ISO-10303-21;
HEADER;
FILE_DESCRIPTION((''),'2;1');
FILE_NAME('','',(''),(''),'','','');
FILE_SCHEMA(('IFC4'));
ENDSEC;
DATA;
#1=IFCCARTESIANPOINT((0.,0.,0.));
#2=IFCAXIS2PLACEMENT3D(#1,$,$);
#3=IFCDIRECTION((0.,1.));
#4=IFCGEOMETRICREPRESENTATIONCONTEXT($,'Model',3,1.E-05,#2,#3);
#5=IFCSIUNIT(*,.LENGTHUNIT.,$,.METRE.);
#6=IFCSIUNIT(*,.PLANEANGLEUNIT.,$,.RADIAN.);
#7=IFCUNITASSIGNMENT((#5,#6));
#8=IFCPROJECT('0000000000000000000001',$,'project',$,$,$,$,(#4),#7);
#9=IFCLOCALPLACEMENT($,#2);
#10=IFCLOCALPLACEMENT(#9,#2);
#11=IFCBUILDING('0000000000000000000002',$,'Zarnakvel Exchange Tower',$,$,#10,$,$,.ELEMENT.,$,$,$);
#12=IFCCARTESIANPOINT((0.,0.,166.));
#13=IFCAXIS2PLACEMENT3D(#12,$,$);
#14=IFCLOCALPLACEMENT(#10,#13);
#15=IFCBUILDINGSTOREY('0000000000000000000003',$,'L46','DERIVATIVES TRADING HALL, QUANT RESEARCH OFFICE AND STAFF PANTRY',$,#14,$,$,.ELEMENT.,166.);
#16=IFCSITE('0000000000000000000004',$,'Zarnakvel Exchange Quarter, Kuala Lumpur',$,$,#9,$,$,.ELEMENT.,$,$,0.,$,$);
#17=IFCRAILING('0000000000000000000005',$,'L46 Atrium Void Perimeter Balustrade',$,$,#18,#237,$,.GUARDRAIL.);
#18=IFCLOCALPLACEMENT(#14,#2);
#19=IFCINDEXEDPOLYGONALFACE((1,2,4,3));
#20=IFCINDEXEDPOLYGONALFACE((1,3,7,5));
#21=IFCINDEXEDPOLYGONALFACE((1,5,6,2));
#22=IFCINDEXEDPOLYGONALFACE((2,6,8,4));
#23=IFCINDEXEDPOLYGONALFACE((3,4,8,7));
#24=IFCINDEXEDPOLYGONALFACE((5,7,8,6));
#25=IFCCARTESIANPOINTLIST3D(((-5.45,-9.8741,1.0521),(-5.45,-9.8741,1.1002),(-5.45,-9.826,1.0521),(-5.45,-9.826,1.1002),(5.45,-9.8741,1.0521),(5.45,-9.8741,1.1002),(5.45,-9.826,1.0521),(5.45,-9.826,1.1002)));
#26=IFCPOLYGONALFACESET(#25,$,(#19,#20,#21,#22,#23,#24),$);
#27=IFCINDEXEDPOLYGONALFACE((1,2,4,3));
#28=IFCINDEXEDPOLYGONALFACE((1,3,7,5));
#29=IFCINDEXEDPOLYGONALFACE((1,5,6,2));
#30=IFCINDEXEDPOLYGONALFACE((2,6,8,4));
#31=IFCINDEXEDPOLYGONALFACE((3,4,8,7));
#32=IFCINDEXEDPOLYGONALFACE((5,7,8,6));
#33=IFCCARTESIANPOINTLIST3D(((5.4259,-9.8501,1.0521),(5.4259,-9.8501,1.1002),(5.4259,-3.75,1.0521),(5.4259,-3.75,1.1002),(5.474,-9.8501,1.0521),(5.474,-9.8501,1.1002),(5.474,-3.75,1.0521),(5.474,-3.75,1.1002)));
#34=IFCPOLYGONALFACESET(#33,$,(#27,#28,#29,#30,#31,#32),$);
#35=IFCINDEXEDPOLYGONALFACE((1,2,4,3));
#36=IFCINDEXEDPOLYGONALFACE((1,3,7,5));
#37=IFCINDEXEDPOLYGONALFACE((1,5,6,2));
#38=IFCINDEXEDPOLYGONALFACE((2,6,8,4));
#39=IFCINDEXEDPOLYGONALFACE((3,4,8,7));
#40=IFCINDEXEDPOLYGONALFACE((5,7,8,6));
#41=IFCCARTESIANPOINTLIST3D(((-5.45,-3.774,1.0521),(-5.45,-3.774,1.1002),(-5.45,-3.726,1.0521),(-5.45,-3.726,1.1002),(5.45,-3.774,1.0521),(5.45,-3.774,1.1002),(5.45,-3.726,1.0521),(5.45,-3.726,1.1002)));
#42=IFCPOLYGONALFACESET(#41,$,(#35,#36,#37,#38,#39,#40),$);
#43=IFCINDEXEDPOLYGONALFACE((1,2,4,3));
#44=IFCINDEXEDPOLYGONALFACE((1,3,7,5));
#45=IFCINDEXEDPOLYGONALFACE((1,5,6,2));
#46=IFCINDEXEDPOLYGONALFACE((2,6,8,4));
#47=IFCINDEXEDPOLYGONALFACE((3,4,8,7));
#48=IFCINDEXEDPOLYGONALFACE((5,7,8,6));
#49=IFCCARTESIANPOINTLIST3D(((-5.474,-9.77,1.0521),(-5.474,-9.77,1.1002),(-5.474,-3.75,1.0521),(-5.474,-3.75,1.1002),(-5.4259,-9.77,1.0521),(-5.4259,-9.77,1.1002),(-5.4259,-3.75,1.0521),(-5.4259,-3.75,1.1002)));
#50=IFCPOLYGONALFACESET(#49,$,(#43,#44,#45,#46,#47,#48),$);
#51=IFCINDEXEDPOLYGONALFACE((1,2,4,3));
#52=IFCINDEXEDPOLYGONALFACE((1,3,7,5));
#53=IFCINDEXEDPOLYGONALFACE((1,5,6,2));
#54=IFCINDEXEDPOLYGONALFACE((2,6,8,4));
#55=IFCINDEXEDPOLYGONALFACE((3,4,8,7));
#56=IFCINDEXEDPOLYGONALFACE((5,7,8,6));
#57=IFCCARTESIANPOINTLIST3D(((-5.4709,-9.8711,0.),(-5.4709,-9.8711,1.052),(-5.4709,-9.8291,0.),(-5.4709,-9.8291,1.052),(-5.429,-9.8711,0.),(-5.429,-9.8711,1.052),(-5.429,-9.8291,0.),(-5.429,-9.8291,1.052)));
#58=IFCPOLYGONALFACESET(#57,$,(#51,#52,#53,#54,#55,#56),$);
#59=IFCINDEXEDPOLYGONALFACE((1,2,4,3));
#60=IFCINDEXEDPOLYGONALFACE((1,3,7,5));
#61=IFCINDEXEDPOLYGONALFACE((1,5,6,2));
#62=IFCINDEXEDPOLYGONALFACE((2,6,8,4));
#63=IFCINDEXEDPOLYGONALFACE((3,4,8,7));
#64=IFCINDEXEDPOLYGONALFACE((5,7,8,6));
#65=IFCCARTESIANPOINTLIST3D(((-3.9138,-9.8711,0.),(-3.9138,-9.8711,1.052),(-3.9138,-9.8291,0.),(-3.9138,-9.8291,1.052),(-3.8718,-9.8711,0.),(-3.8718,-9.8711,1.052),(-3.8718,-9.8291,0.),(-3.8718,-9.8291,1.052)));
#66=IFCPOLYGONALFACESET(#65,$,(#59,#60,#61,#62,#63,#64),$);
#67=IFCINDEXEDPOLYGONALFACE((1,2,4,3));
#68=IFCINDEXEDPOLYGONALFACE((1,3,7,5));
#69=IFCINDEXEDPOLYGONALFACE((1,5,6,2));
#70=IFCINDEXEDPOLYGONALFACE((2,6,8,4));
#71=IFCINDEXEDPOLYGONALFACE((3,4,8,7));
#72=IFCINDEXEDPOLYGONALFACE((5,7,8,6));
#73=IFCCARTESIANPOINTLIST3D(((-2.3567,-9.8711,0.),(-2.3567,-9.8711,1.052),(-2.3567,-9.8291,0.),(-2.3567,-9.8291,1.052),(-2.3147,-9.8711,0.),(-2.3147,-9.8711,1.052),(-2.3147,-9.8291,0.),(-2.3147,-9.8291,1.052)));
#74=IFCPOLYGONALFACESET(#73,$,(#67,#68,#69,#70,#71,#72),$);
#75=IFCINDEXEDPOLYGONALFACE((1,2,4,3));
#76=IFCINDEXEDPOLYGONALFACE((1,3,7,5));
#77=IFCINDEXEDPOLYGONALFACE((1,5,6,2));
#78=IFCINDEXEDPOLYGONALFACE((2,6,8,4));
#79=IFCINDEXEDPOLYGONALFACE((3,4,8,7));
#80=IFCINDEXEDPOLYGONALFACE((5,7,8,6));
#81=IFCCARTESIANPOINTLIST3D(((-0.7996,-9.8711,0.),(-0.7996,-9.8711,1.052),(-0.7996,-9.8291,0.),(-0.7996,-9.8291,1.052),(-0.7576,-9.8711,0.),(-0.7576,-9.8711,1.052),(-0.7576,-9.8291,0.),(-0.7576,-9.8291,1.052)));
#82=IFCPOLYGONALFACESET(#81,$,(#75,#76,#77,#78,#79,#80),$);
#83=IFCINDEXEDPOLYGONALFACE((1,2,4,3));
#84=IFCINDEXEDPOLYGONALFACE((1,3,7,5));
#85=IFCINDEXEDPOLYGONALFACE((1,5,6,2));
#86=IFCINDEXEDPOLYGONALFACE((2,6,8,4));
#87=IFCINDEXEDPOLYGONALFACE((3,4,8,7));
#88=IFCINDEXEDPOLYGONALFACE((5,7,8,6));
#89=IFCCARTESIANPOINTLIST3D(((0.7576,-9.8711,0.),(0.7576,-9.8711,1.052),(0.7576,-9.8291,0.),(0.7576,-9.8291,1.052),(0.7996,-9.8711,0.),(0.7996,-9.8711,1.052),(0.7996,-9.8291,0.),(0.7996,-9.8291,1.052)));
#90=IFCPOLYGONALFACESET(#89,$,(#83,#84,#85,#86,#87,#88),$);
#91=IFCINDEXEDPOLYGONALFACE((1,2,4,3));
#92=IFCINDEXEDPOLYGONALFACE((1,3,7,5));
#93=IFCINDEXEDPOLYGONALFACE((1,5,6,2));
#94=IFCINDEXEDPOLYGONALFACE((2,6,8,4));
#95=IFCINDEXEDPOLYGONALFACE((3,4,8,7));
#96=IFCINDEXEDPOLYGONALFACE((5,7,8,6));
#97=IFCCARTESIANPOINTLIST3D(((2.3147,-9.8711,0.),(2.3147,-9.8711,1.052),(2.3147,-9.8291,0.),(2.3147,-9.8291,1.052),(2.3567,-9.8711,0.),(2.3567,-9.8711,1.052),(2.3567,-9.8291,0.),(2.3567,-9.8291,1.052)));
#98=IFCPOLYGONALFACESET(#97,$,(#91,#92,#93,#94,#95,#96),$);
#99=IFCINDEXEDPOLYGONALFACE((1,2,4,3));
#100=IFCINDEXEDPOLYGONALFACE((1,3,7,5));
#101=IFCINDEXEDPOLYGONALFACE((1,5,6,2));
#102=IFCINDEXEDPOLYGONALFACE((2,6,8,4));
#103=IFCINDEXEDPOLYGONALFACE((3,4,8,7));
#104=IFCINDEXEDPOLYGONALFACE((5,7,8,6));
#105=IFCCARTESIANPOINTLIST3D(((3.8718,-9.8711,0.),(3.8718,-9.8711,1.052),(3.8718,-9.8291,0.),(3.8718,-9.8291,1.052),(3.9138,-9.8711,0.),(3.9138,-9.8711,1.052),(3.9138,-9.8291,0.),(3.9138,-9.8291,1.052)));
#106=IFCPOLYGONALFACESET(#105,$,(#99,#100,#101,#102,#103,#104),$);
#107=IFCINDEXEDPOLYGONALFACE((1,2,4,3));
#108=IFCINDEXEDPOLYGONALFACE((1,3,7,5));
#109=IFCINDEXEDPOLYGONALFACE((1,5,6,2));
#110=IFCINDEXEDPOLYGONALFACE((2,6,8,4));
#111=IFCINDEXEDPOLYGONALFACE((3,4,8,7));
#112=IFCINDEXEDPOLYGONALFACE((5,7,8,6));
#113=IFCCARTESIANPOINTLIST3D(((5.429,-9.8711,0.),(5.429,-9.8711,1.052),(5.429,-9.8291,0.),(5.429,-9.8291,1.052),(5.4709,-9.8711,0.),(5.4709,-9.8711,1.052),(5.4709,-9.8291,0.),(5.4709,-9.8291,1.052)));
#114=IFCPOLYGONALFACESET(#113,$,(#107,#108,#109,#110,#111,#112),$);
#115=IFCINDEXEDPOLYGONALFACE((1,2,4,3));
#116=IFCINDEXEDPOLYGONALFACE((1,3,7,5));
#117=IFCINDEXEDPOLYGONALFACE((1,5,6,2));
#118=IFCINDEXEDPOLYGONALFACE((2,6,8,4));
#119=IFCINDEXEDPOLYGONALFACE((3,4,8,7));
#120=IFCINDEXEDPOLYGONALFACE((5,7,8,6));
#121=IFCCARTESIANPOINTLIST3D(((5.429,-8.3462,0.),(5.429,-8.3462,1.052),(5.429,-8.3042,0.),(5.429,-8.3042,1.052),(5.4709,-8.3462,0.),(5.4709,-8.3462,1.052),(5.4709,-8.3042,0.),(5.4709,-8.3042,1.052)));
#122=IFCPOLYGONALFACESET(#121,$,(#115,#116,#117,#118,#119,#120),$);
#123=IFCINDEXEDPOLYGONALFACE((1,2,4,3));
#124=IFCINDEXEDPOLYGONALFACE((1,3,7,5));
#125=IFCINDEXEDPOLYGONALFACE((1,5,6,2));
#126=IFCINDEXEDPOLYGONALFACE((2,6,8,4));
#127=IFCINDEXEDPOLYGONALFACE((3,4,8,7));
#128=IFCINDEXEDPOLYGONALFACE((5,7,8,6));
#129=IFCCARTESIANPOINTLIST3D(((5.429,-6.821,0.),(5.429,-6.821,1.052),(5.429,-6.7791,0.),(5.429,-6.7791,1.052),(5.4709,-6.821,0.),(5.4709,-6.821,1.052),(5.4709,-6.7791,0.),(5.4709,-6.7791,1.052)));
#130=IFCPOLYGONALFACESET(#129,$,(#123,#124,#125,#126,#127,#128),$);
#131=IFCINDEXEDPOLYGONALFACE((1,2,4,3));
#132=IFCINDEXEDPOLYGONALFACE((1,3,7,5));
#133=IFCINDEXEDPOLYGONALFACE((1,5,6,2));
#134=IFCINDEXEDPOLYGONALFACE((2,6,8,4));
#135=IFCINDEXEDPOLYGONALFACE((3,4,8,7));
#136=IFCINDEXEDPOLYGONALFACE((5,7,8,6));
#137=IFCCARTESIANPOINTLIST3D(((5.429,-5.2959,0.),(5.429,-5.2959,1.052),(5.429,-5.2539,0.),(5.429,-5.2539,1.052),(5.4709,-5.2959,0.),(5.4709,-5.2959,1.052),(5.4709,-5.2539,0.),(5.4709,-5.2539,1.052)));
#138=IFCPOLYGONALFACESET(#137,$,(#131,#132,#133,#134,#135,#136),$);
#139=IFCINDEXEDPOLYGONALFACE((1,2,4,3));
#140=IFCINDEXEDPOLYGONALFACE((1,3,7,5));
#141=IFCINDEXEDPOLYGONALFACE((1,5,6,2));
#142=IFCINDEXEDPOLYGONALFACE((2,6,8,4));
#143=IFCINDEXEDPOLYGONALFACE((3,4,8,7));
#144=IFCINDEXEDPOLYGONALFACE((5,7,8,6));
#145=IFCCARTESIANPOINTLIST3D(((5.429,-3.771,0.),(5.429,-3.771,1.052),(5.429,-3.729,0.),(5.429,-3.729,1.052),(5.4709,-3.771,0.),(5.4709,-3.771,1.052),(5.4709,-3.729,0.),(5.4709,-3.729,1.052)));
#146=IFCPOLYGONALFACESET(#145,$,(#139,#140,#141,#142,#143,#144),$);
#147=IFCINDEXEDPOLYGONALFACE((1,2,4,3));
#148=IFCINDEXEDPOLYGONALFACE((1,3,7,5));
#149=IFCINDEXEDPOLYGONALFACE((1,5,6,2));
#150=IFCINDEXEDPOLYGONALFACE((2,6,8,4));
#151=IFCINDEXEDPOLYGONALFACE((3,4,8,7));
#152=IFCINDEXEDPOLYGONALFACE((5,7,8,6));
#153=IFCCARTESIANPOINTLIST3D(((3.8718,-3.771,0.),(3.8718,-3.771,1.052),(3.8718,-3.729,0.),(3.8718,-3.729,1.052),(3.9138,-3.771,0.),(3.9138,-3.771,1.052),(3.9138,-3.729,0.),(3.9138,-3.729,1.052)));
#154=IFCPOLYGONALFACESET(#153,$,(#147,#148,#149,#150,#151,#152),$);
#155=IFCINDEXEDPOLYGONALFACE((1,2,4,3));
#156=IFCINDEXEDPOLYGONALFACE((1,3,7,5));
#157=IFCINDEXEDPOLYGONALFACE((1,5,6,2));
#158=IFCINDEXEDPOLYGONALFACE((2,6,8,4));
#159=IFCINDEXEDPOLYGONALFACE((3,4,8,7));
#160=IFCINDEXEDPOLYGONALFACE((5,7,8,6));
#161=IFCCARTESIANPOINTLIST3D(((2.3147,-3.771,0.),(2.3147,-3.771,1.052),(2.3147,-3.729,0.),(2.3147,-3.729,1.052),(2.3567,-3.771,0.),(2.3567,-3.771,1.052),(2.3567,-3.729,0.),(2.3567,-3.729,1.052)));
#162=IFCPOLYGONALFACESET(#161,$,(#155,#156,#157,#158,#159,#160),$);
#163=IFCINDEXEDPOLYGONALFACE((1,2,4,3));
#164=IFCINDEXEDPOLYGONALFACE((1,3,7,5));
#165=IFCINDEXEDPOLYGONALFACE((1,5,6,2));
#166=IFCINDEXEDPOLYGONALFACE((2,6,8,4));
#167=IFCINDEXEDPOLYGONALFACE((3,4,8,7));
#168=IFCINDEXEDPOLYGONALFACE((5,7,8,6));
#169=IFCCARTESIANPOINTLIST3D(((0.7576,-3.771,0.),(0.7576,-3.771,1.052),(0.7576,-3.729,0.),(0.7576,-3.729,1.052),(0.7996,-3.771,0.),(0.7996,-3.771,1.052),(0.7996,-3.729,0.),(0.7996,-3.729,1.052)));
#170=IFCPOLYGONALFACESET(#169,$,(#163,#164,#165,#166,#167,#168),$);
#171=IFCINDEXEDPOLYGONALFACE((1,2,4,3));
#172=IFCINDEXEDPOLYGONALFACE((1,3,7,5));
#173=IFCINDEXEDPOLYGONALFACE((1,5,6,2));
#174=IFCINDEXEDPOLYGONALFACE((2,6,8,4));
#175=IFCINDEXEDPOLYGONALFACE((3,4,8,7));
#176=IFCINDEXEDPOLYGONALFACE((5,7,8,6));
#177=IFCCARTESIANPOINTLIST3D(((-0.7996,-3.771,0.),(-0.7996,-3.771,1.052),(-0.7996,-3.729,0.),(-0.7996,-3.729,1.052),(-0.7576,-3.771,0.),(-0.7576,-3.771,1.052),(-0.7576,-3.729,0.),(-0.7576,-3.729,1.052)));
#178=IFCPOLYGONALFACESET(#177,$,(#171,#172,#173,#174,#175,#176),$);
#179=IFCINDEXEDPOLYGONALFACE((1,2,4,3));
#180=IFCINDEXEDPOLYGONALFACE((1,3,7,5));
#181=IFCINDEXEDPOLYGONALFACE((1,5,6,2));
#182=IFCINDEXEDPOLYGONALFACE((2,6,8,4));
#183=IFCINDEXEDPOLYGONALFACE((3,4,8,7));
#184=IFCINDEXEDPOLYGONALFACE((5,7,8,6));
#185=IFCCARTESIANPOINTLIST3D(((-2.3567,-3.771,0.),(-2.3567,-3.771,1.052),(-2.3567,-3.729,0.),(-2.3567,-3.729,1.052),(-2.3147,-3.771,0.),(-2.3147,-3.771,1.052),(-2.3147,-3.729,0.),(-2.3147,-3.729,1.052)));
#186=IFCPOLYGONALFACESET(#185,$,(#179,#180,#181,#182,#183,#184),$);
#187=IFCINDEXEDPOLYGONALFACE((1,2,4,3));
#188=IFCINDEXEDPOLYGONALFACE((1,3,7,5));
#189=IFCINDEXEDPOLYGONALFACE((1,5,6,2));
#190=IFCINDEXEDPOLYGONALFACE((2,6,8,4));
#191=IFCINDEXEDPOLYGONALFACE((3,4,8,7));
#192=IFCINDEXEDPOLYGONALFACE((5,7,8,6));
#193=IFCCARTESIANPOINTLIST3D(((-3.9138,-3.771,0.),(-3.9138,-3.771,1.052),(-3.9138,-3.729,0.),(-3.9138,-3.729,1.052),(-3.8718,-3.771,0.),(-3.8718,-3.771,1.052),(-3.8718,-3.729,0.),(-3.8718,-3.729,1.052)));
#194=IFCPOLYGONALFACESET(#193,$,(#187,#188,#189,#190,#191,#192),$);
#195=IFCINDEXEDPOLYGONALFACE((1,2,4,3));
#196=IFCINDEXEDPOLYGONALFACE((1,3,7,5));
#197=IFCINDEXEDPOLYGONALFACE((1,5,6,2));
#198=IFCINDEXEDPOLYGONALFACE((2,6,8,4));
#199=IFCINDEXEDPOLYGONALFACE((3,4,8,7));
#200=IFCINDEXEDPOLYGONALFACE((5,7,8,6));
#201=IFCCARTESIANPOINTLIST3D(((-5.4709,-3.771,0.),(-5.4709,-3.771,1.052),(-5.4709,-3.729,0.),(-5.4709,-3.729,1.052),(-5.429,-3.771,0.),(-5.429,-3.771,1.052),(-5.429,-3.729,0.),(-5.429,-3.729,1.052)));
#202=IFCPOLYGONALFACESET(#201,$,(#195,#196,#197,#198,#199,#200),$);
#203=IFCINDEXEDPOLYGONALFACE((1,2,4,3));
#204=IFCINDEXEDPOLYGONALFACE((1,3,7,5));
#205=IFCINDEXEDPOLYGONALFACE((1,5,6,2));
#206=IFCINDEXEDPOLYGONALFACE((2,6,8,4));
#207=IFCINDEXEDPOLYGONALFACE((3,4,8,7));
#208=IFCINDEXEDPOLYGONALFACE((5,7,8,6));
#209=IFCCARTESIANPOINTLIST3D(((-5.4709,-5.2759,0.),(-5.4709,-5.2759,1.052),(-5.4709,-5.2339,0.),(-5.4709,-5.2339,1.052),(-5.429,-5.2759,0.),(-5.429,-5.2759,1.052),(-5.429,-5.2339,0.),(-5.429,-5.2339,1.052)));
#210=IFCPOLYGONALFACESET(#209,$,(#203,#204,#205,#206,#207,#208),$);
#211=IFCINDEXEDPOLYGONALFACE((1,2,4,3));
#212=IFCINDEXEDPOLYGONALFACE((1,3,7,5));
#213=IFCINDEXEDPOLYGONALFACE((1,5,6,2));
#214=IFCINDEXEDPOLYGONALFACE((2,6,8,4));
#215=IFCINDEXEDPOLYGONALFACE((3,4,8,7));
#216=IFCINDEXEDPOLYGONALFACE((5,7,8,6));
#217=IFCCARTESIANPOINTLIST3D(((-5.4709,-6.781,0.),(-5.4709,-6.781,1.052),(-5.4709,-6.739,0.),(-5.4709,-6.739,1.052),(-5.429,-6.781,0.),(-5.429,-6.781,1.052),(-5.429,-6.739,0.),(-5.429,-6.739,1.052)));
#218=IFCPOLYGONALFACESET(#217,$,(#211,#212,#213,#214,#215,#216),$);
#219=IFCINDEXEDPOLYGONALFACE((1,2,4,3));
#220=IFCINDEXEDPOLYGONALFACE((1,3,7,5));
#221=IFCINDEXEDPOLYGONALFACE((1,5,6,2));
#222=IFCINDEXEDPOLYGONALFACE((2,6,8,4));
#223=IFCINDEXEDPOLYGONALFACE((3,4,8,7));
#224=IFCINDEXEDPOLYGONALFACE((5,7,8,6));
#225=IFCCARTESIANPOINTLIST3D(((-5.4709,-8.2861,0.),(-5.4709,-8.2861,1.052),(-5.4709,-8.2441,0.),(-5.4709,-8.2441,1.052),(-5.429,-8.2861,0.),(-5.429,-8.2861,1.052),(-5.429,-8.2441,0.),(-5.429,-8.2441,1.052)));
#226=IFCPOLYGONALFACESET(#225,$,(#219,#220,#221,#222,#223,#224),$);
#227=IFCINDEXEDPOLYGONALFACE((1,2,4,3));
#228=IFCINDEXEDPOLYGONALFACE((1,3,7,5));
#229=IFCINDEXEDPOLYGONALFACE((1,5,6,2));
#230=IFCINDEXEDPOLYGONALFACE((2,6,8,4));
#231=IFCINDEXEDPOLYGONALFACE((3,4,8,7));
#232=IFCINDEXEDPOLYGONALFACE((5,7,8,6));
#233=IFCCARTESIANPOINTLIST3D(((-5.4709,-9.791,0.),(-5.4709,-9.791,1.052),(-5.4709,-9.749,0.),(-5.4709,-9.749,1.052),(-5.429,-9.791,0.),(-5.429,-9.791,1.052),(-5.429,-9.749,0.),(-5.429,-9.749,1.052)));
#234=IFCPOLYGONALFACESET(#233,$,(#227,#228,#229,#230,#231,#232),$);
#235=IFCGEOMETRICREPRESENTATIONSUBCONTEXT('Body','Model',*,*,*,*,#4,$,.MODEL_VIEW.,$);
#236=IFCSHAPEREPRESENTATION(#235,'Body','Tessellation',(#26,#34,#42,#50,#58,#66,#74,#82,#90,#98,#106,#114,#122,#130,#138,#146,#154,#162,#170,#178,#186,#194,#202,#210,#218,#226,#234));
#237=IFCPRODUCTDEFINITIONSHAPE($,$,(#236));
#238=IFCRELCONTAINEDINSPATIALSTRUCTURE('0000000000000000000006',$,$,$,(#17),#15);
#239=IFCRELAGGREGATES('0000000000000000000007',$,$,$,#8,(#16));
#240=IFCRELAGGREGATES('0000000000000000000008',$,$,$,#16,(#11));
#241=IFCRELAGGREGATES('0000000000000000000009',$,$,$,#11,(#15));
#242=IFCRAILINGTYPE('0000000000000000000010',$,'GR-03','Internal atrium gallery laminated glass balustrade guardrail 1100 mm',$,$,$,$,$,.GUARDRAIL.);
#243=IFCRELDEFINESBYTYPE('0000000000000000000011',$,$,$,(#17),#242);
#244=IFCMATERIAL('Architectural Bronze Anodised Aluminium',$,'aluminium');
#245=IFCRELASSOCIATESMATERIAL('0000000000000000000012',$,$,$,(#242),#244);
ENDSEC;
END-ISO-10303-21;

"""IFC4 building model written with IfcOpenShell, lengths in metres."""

from ifc_helpers import new_model, si_unit, direction, frame, origin, origin_2d, place, context, subcontext, project, spatial, rectangle, extrude, material, type_object, element, save


model = new_model("IFC4")

# Units and contexts
model_context = context("Model", 3, precision=1e-05, world=origin(), true_north=direction((0.0, 1.0)))
body_context = subcontext(model_context, "Body", "Model", "MODEL_VIEW")
ifc_project = project(units=[si_unit("LENGTHUNIT", "METRE"), si_unit("PLANEANGLEUNIT", "RADIAN")], contexts=[model_context])

# Site, building, storey
site_placement = place(None, origin())
site = spatial("IfcSite", under=ifc_project, at=site_placement, Name="Zarnakvel Exchange Quarter, Kuala Lumpur", CompositionType="ELEMENT", RefElevation=0.0)
building_placement = place(site_placement, origin())
building = spatial("IfcBuilding", under=site, at=building_placement, Name="Zarnakvel Exchange Tower", CompositionType="ELEMENT")
storey_placement = place(building_placement, frame((0.0, 0.0, 166.0)))
storey = spatial("IfcBuildingStorey", under=building, at=storey_placement, Name="L46", Description="DERIVATIVES TRADING HALL, QUANT RESEARCH OFFICE AND STAFF PANTRY", CompositionType="ELEMENT", Elevation=166.0)

# Railing
ifc_material_1 = material(Name="Architectural Bronze Anodised Aluminium", Category="aluminium")
railing_type_1 = type_object("IfcRailingType", Name="GR-03", Description="Internal atrium gallery laminated glass balustrade guardrail 1100 mm", PredefinedType="GUARDRAIL", material=ifc_material_1)
railing_1_placement = place(storey_placement, frame((-5.45, -9.8501, 0.0)))
element("IfcRailing", 1, at=railing_1_placement, inside=storey, type_object=railing_type_1, Name="L46 Atrium Void Perimeter Balustrade", PredefinedType="GUARDRAIL", context=body_context, shape_type="SweptSolid", body=[
    extrude(rectangle(XDim=0.0481, YDim=0.0481, at=origin_2d()), frame((0.0, 0.0, 1.0762), z_axis=(1.0, 0.0, 0.0), x_axis=(0.0, 1.0, 0.0)), (0.0, 0.0, 1.0), 10.8999),
    extrude(rectangle(XDim=0.0481, YDim=0.0481, at=origin_2d()), frame((10.8999, 0.0, 1.0762), z_axis=(0.0, 1.0, 0.0), x_axis=(-1.0, 0.0, 0.0)), (0.0, 0.0, 1.0), 6.1001),
    extrude(rectangle(XDim=0.0481, YDim=0.0481, at=origin_2d()), frame((10.8999, 6.1001, 1.0762), z_axis=(-1.0, 0.0, 0.0), x_axis=(0.0, -1.0, 0.0)), (0.0, 0.0, 1.0), 10.8999),
    extrude(rectangle(XDim=0.0481, YDim=0.0481, at=origin_2d()), frame((0.0, 6.1001, 1.0762), z_axis=(0.0, -1.0, 0.0), x_axis=(1.0, 0.0, 0.0)), (0.0, 0.0, 1.0), 6.02),
    extrude(rectangle(XDim=0.042, YDim=0.042, at=origin_2d()), origin(), (0.0, 0.0, 1.0), 1.052),
    extrude(rectangle(XDim=0.042, YDim=0.042, at=origin_2d()), frame((1.5571, 0.0, 0.0)), (0.0, 0.0, 1.0), 1.052),
    extrude(rectangle(XDim=0.042, YDim=0.042, at=origin_2d()), frame((3.1143, 0.0, 0.0)), (0.0, 0.0, 1.0), 1.052),
    extrude(rectangle(XDim=0.042, YDim=0.042, at=origin_2d()), frame((4.6714, 0.0, 0.0)), (0.0, 0.0, 1.0), 1.052),
    extrude(rectangle(XDim=0.042, YDim=0.042, at=origin_2d()), frame((6.2285, 0.0, 0.0)), (0.0, 0.0, 1.0), 1.052),
    extrude(rectangle(XDim=0.042, YDim=0.042, at=origin_2d()), frame((7.7856, 0.0, 0.0)), (0.0, 0.0, 1.0), 1.052),
    extrude(rectangle(XDim=0.042, YDim=0.042, at=origin_2d()), frame((9.3428, 0.0, 0.0)), (0.0, 0.0, 1.0), 1.052),
    extrude(rectangle(XDim=0.042, YDim=0.042, at=origin_2d()), frame((10.8999, 0.0, 0.0)), (0.0, 0.0, 1.0), 1.052),
    extrude(rectangle(XDim=0.042, YDim=0.042, at=origin_2d()), frame((10.8999, 1.5249, 0.0)), (0.0, 0.0, 1.0), 1.052),
    extrude(rectangle(XDim=0.042, YDim=0.042, at=origin_2d()), frame((10.8999, 3.05, 0.0)), (0.0, 0.0, 1.0), 1.052),
    extrude(rectangle(XDim=0.042, YDim=0.042, at=origin_2d()), frame((10.8999, 4.5752, 0.0)), (0.0, 0.0, 1.0), 1.052),
    extrude(rectangle(XDim=0.042, YDim=0.042, at=origin_2d()), frame((10.8999, 6.1001, 0.0)), (0.0, 0.0, 1.0), 1.052),
    extrude(rectangle(XDim=0.042, YDim=0.042, at=origin_2d()), frame((9.3428, 6.1001, 0.0)), (0.0, 0.0, 1.0), 1.052),
    extrude(rectangle(XDim=0.042, YDim=0.042, at=origin_2d()), frame((7.7856, 6.1001, 0.0)), (0.0, 0.0, 1.0), 1.052),
    extrude(rectangle(XDim=0.042, YDim=0.042, at=origin_2d()), frame((6.2285, 6.1001, 0.0)), (0.0, 0.0, 1.0), 1.052),
    extrude(rectangle(XDim=0.042, YDim=0.042, at=origin_2d()), frame((4.6714, 6.1001, 0.0)), (0.0, 0.0, 1.0), 1.052),
    extrude(rectangle(XDim=0.042, YDim=0.042, at=origin_2d()), frame((3.1143, 6.1001, 0.0)), (0.0, 0.0, 1.0), 1.052),
    extrude(rectangle(XDim=0.042, YDim=0.042, at=origin_2d()), frame((1.5571, 6.1001, 0.0)), (0.0, 0.0, 1.0), 1.052),
    extrude(rectangle(XDim=0.042, YDim=0.042, at=origin_2d()), frame((0.0, 6.1001, 0.0)), (0.0, 0.0, 1.0), 1.052),
    extrude(rectangle(XDim=0.042, YDim=0.042, at=origin_2d()), frame((0.0, 4.5952, 0.0)), (0.0, 0.0, 1.0), 1.052),
    extrude(rectangle(XDim=0.042, YDim=0.042, at=origin_2d()), frame((0.0, 3.0901, 0.0)), (0.0, 0.0, 1.0), 1.052),
    extrude(rectangle(XDim=0.042, YDim=0.042, at=origin_2d()), frame((0.0, 1.585, 0.0)), (0.0, 0.0, 1.0), 1.052),
    extrude(rectangle(XDim=0.042, YDim=0.042, at=origin_2d()), frame((0.0, 0.0801, 0.0)), (0.0, 0.0, 1.0), 1.052),
])

save(model, "model.ifc")
